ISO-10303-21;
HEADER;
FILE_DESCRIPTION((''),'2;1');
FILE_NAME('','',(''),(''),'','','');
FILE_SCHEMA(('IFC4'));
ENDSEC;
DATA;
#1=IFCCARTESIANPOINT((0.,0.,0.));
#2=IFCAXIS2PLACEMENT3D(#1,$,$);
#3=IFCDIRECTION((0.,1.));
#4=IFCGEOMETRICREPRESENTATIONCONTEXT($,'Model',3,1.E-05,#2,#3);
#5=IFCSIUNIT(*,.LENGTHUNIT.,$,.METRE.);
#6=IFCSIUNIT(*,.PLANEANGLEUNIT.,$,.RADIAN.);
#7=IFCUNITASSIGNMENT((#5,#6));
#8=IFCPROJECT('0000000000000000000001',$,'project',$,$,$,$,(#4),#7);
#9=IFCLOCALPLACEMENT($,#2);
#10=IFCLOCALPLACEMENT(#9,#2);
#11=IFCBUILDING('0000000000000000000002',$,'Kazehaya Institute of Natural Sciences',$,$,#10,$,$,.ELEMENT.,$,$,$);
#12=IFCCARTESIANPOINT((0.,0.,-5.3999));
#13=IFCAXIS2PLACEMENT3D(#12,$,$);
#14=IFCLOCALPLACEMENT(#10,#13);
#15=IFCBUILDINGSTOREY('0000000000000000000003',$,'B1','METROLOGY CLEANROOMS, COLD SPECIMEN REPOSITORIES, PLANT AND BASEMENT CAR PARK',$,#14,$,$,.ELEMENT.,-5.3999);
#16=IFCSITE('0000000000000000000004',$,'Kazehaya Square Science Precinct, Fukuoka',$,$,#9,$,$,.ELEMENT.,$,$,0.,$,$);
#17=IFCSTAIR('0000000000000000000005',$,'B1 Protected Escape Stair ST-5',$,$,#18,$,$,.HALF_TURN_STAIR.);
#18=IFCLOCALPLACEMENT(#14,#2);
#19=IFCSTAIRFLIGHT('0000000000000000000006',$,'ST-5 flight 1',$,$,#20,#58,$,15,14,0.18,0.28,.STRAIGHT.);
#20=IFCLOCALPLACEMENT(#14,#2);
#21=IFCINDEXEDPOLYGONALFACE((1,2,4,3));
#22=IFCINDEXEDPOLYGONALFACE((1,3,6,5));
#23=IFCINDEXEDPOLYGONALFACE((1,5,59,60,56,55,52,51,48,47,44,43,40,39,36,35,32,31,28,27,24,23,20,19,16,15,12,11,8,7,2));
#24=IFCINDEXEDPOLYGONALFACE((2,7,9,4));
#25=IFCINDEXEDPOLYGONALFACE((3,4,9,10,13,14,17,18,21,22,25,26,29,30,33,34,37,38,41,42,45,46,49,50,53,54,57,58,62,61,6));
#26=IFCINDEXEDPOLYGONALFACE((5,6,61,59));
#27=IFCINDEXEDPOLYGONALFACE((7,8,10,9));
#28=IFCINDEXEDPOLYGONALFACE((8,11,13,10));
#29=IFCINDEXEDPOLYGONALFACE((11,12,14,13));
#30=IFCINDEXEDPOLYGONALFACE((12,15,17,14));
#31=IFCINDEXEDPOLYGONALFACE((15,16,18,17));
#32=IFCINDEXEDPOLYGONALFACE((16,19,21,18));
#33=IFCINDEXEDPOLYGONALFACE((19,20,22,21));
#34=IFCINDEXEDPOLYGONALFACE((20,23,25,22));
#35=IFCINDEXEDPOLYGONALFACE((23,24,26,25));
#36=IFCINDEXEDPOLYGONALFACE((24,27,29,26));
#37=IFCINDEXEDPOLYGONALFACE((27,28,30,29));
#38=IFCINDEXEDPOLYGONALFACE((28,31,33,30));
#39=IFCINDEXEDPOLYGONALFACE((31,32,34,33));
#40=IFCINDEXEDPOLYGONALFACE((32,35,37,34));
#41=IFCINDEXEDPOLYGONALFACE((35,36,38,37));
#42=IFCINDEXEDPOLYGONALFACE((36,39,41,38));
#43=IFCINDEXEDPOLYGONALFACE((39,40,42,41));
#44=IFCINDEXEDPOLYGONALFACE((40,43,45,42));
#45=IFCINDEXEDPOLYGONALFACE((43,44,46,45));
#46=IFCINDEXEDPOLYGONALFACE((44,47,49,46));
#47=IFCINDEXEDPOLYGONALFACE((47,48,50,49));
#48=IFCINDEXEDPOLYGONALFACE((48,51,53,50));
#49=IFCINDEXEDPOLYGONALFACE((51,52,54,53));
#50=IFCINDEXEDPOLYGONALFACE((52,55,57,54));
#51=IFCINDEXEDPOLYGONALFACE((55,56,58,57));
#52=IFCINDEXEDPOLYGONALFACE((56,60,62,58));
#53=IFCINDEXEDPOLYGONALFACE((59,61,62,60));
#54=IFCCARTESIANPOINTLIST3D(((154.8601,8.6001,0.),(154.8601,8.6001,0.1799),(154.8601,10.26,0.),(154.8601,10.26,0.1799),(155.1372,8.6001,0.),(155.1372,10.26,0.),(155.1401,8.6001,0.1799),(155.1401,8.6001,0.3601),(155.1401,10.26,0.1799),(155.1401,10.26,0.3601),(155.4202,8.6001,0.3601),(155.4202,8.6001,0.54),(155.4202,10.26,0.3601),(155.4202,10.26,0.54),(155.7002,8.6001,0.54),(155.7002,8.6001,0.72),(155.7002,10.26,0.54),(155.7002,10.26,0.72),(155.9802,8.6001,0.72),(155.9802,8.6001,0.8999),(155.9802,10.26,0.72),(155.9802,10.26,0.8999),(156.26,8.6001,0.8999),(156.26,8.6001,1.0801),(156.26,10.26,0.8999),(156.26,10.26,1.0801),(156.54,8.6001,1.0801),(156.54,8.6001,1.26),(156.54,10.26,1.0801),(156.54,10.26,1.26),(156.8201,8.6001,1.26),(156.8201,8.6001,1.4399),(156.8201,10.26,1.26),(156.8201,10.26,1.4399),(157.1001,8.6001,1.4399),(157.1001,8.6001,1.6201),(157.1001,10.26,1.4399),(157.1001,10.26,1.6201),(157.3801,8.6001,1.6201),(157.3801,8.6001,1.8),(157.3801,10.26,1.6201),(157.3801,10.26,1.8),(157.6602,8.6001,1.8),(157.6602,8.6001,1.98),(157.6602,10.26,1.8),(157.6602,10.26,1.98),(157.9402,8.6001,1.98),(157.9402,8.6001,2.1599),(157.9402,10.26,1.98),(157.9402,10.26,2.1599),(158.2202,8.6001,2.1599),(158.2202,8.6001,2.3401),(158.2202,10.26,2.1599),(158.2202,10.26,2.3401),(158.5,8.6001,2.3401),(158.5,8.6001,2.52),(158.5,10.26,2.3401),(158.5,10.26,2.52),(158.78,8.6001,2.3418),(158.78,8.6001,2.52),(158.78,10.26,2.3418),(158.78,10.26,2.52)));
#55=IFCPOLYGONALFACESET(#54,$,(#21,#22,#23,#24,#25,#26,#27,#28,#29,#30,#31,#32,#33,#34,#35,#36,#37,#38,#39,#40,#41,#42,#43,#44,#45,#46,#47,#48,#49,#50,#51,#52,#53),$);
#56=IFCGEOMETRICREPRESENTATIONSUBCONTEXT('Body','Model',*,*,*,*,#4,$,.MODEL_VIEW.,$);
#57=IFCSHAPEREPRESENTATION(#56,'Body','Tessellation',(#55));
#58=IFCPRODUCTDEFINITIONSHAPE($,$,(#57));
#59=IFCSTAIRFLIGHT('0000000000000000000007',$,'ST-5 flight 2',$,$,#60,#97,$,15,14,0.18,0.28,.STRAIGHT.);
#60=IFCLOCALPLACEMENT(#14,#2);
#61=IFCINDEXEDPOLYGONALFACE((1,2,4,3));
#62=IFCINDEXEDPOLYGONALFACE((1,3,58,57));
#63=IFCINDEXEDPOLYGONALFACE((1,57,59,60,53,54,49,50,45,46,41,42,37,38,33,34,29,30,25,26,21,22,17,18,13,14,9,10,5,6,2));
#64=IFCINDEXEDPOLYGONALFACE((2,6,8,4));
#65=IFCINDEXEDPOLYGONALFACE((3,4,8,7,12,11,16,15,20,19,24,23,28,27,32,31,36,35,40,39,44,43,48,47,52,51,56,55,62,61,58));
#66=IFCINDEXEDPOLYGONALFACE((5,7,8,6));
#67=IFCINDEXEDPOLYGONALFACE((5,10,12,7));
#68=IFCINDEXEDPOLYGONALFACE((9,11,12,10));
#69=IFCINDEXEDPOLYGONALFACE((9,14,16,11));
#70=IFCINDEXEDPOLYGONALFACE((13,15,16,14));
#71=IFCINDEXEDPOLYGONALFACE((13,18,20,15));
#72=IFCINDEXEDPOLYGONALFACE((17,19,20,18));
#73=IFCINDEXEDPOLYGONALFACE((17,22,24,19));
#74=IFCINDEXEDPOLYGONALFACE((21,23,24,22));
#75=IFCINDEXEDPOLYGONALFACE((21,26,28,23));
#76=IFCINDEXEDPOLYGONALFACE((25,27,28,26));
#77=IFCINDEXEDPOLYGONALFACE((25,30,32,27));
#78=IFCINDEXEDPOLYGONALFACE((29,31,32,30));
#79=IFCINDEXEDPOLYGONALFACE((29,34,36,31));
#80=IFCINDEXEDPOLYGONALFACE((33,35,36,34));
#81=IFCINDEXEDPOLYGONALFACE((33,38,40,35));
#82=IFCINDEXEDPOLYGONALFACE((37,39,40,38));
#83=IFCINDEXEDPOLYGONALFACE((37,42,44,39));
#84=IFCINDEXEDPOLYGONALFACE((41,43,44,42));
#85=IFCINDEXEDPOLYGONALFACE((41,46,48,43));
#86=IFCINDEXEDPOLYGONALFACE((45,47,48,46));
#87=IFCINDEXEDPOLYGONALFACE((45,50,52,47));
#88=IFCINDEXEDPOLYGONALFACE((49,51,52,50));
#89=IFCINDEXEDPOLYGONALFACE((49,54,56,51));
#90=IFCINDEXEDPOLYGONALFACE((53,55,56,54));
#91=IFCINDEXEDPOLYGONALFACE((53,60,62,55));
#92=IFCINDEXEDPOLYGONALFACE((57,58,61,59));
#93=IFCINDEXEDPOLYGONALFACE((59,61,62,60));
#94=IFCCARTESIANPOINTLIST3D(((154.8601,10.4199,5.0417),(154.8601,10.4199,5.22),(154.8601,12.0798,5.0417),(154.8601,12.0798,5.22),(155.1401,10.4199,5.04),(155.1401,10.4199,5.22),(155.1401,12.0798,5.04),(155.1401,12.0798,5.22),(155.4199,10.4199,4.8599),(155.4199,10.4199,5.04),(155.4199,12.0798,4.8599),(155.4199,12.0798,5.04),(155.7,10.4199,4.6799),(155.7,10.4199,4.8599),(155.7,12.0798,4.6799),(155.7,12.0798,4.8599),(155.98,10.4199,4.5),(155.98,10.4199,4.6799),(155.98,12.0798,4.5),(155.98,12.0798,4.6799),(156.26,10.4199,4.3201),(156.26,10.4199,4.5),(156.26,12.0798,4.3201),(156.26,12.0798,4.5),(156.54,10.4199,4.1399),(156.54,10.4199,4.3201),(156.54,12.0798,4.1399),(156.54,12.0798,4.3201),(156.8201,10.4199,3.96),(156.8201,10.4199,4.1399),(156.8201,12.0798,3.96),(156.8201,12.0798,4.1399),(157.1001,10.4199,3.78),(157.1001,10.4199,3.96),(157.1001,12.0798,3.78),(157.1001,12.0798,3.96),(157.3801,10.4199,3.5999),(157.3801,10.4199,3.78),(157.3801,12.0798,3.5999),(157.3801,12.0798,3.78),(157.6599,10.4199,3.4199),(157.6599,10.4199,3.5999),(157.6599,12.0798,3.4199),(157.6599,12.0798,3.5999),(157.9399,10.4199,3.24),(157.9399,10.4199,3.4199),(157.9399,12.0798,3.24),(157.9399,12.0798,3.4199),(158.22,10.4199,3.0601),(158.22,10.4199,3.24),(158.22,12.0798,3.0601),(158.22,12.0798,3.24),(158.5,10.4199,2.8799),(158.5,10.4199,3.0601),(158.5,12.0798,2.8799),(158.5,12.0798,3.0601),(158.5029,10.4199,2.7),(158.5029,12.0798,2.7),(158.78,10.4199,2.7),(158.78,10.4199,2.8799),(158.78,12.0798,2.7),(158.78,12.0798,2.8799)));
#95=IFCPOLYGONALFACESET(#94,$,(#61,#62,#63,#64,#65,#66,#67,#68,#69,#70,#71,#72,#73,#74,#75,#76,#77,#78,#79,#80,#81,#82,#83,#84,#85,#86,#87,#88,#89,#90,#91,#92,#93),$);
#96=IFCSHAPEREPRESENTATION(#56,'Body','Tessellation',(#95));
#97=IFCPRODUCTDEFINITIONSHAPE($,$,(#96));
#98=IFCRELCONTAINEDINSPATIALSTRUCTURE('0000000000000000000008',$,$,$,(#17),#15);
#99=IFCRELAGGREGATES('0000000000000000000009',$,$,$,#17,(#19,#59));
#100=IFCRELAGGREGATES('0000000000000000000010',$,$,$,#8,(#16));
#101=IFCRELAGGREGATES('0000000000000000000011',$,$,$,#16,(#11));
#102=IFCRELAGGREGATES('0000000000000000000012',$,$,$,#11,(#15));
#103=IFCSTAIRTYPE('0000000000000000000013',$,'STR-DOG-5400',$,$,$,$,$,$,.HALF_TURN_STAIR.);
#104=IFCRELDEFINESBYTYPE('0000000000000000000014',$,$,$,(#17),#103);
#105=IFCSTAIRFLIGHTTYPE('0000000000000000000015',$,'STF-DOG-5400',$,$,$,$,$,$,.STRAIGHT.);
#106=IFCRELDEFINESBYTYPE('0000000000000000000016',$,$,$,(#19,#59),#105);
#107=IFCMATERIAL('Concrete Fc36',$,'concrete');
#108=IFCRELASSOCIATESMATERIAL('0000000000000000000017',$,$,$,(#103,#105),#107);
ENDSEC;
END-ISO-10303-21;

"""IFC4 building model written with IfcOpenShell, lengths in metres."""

from ifc_helpers import new_model, si_unit, direction, frame, origin, place, context, subcontext, project, spatial, polyline, outline, extrude, material, type_object, element, aggregate, save


model = new_model("IFC4")

# Units and contexts
model_context = context("Model", 3, precision=1e-05, world=origin(), true_north=direction((0.0, 1.0)))
body_context = subcontext(model_context, "Body", "Model", "MODEL_VIEW")
ifc_project = project(units=[si_unit("LENGTHUNIT", "METRE"), si_unit("PLANEANGLEUNIT", "RADIAN")], contexts=[model_context])

# Site, building, storey
site_placement = place(None, origin())
site = spatial("IfcSite", under=ifc_project, at=site_placement, Name="Kazehaya Square Science Precinct, Fukuoka", CompositionType="ELEMENT", RefElevation=0.0)
building_placement = place(site_placement, origin())
building = spatial("IfcBuilding", under=site, at=building_placement, Name="Kazehaya Institute of Natural Sciences", CompositionType="ELEMENT")
storey_placement = place(building_placement, frame((0.0, 0.0, -5.3999)))
storey = spatial("IfcBuildingStorey", under=building, at=storey_placement, Name="B1", Description="METROLOGY CLEANROOMS, COLD SPECIMEN REPOSITORIES, PLANT AND BASEMENT CAR PARK", CompositionType="ELEMENT", Elevation=-5.3999)

# Shared definitions
ifc_material_1 = material(Name="Concrete Fc36", Category="concrete")

# Stair, stair flights
stair_type = type_object("IfcStairType", Name="STR-DOG-5400", PredefinedType="HALF_TURN_STAIR", material=ifc_material_1)
stair_placement = place(storey_placement, origin())
stair = element("IfcStair", 1, at=stair_placement, inside=storey, type_object=stair_type, Name="B1 Protected Escape Stair ST-5", PredefinedType="HALF_TURN_STAIR")
stair_flight_type = type_object("IfcStairFlightType", Name="STF-DOG-5400", PredefinedType="STRAIGHT", material=ifc_material_1)
stair_flight_1_placement = place(storey_placement, frame((154.8601, 9.4299, 0.0), z_axis=(0.0, 0.0, 1.0), x_axis=(1.0, 0.0, 0.0)))
stair_flight_1 = element("IfcStairFlight", 2, at=stair_flight_1_placement, type_object=stair_flight_type, Name="ST-5 flight 1", NumberOfRisers=15, NumberOfTreads=14, PredefinedType="STRAIGHT", RiserHeight=0.18, TreadLength=0.28, context=body_context, shape_type="SweptSolid", body=[
    extrude(outline(polyline([(0.0, 0.0), (0.0, 0.1799), (0.28, 0.1799), (0.28, 0.3601), (0.5601, 0.3601), (0.5601, 0.54), (0.8401, 0.54), (0.8401, 0.72), (1.1201, 0.72), (1.1201, 0.8999), (1.3999, 0.8999), (1.3999, 1.0801), (1.6799, 1.0801), (1.6799, 1.26), (1.96, 1.26), (1.96, 1.4399), (2.24, 1.4399), (2.24, 1.6201), (2.52, 1.6201), (2.52, 1.8), (2.8, 1.8), (2.8, 1.98), (3.0801, 1.98), (3.0801, 2.1599), (3.3601, 2.1599), (3.3601, 2.3401), (3.6399, 2.3401), (3.6399, 2.52), (3.9199, 2.52), (3.9199, 2.7), (3.9199, 2.3418), (0.2771, 0.0), (0.0, 0.0)])), frame((0.0, 0.8301, 0.0), z_axis=(0.0, -1.0, 0.0), x_axis=(1.0, 0.0, 0.0)), (0.0, 0.0, 1.0), 1.6599),
])
stair_flight_2_placement = place(storey_placement, frame((158.78, 11.25, 2.7), z_axis=(0.0, 0.0, 1.0), x_axis=(-1.0, 0.0, 0.0)))
stair_flight_2 = element("IfcStairFlight", 3, at=stair_flight_2_placement, type_object=stair_flight_type, Name="ST-5 flight 2", NumberOfRisers=15, NumberOfTreads=14, PredefinedType="STRAIGHT", RiserHeight=0.18, TreadLength=0.28, context=body_context, shape_type="SweptSolid", body=[
    extrude(outline(polyline([(0.0, 0.0), (0.0, 0.1799), (0.28, 0.1799), (0.28, 0.3601), (0.5601, 0.3601), (0.5601, 0.54), (0.8401, 0.54), (0.8401, 0.72), (1.1201, 0.72), (1.1201, 0.8999), (1.3999, 0.8999), (1.3999, 1.0801), (1.6799, 1.0801), (1.6799, 1.26), (1.96, 1.26), (1.96, 1.4399), (2.24, 1.4399), (2.24, 1.6201), (2.52, 1.6201), (2.52, 1.8), (2.8, 1.8), (2.8, 1.98), (3.0801, 1.98), (3.0801, 2.1599), (3.3601, 2.1599), (3.3601, 2.3401), (3.6399, 2.3401), (3.6399, 2.52), (3.9199, 2.52), (3.9199, 2.7), (3.9199, 2.3418), (0.2771, 0.0), (0.0, 0.0)])), frame((0.0, 0.8301, 0.0), z_axis=(0.0, -1.0, 0.0), x_axis=(1.0, 0.0, 0.0)), (0.0, 0.0, 1.0), 1.6599),
])
aggregate(stair, [stair_flight_1, stair_flight_2])

save(model, "model.ifc")
